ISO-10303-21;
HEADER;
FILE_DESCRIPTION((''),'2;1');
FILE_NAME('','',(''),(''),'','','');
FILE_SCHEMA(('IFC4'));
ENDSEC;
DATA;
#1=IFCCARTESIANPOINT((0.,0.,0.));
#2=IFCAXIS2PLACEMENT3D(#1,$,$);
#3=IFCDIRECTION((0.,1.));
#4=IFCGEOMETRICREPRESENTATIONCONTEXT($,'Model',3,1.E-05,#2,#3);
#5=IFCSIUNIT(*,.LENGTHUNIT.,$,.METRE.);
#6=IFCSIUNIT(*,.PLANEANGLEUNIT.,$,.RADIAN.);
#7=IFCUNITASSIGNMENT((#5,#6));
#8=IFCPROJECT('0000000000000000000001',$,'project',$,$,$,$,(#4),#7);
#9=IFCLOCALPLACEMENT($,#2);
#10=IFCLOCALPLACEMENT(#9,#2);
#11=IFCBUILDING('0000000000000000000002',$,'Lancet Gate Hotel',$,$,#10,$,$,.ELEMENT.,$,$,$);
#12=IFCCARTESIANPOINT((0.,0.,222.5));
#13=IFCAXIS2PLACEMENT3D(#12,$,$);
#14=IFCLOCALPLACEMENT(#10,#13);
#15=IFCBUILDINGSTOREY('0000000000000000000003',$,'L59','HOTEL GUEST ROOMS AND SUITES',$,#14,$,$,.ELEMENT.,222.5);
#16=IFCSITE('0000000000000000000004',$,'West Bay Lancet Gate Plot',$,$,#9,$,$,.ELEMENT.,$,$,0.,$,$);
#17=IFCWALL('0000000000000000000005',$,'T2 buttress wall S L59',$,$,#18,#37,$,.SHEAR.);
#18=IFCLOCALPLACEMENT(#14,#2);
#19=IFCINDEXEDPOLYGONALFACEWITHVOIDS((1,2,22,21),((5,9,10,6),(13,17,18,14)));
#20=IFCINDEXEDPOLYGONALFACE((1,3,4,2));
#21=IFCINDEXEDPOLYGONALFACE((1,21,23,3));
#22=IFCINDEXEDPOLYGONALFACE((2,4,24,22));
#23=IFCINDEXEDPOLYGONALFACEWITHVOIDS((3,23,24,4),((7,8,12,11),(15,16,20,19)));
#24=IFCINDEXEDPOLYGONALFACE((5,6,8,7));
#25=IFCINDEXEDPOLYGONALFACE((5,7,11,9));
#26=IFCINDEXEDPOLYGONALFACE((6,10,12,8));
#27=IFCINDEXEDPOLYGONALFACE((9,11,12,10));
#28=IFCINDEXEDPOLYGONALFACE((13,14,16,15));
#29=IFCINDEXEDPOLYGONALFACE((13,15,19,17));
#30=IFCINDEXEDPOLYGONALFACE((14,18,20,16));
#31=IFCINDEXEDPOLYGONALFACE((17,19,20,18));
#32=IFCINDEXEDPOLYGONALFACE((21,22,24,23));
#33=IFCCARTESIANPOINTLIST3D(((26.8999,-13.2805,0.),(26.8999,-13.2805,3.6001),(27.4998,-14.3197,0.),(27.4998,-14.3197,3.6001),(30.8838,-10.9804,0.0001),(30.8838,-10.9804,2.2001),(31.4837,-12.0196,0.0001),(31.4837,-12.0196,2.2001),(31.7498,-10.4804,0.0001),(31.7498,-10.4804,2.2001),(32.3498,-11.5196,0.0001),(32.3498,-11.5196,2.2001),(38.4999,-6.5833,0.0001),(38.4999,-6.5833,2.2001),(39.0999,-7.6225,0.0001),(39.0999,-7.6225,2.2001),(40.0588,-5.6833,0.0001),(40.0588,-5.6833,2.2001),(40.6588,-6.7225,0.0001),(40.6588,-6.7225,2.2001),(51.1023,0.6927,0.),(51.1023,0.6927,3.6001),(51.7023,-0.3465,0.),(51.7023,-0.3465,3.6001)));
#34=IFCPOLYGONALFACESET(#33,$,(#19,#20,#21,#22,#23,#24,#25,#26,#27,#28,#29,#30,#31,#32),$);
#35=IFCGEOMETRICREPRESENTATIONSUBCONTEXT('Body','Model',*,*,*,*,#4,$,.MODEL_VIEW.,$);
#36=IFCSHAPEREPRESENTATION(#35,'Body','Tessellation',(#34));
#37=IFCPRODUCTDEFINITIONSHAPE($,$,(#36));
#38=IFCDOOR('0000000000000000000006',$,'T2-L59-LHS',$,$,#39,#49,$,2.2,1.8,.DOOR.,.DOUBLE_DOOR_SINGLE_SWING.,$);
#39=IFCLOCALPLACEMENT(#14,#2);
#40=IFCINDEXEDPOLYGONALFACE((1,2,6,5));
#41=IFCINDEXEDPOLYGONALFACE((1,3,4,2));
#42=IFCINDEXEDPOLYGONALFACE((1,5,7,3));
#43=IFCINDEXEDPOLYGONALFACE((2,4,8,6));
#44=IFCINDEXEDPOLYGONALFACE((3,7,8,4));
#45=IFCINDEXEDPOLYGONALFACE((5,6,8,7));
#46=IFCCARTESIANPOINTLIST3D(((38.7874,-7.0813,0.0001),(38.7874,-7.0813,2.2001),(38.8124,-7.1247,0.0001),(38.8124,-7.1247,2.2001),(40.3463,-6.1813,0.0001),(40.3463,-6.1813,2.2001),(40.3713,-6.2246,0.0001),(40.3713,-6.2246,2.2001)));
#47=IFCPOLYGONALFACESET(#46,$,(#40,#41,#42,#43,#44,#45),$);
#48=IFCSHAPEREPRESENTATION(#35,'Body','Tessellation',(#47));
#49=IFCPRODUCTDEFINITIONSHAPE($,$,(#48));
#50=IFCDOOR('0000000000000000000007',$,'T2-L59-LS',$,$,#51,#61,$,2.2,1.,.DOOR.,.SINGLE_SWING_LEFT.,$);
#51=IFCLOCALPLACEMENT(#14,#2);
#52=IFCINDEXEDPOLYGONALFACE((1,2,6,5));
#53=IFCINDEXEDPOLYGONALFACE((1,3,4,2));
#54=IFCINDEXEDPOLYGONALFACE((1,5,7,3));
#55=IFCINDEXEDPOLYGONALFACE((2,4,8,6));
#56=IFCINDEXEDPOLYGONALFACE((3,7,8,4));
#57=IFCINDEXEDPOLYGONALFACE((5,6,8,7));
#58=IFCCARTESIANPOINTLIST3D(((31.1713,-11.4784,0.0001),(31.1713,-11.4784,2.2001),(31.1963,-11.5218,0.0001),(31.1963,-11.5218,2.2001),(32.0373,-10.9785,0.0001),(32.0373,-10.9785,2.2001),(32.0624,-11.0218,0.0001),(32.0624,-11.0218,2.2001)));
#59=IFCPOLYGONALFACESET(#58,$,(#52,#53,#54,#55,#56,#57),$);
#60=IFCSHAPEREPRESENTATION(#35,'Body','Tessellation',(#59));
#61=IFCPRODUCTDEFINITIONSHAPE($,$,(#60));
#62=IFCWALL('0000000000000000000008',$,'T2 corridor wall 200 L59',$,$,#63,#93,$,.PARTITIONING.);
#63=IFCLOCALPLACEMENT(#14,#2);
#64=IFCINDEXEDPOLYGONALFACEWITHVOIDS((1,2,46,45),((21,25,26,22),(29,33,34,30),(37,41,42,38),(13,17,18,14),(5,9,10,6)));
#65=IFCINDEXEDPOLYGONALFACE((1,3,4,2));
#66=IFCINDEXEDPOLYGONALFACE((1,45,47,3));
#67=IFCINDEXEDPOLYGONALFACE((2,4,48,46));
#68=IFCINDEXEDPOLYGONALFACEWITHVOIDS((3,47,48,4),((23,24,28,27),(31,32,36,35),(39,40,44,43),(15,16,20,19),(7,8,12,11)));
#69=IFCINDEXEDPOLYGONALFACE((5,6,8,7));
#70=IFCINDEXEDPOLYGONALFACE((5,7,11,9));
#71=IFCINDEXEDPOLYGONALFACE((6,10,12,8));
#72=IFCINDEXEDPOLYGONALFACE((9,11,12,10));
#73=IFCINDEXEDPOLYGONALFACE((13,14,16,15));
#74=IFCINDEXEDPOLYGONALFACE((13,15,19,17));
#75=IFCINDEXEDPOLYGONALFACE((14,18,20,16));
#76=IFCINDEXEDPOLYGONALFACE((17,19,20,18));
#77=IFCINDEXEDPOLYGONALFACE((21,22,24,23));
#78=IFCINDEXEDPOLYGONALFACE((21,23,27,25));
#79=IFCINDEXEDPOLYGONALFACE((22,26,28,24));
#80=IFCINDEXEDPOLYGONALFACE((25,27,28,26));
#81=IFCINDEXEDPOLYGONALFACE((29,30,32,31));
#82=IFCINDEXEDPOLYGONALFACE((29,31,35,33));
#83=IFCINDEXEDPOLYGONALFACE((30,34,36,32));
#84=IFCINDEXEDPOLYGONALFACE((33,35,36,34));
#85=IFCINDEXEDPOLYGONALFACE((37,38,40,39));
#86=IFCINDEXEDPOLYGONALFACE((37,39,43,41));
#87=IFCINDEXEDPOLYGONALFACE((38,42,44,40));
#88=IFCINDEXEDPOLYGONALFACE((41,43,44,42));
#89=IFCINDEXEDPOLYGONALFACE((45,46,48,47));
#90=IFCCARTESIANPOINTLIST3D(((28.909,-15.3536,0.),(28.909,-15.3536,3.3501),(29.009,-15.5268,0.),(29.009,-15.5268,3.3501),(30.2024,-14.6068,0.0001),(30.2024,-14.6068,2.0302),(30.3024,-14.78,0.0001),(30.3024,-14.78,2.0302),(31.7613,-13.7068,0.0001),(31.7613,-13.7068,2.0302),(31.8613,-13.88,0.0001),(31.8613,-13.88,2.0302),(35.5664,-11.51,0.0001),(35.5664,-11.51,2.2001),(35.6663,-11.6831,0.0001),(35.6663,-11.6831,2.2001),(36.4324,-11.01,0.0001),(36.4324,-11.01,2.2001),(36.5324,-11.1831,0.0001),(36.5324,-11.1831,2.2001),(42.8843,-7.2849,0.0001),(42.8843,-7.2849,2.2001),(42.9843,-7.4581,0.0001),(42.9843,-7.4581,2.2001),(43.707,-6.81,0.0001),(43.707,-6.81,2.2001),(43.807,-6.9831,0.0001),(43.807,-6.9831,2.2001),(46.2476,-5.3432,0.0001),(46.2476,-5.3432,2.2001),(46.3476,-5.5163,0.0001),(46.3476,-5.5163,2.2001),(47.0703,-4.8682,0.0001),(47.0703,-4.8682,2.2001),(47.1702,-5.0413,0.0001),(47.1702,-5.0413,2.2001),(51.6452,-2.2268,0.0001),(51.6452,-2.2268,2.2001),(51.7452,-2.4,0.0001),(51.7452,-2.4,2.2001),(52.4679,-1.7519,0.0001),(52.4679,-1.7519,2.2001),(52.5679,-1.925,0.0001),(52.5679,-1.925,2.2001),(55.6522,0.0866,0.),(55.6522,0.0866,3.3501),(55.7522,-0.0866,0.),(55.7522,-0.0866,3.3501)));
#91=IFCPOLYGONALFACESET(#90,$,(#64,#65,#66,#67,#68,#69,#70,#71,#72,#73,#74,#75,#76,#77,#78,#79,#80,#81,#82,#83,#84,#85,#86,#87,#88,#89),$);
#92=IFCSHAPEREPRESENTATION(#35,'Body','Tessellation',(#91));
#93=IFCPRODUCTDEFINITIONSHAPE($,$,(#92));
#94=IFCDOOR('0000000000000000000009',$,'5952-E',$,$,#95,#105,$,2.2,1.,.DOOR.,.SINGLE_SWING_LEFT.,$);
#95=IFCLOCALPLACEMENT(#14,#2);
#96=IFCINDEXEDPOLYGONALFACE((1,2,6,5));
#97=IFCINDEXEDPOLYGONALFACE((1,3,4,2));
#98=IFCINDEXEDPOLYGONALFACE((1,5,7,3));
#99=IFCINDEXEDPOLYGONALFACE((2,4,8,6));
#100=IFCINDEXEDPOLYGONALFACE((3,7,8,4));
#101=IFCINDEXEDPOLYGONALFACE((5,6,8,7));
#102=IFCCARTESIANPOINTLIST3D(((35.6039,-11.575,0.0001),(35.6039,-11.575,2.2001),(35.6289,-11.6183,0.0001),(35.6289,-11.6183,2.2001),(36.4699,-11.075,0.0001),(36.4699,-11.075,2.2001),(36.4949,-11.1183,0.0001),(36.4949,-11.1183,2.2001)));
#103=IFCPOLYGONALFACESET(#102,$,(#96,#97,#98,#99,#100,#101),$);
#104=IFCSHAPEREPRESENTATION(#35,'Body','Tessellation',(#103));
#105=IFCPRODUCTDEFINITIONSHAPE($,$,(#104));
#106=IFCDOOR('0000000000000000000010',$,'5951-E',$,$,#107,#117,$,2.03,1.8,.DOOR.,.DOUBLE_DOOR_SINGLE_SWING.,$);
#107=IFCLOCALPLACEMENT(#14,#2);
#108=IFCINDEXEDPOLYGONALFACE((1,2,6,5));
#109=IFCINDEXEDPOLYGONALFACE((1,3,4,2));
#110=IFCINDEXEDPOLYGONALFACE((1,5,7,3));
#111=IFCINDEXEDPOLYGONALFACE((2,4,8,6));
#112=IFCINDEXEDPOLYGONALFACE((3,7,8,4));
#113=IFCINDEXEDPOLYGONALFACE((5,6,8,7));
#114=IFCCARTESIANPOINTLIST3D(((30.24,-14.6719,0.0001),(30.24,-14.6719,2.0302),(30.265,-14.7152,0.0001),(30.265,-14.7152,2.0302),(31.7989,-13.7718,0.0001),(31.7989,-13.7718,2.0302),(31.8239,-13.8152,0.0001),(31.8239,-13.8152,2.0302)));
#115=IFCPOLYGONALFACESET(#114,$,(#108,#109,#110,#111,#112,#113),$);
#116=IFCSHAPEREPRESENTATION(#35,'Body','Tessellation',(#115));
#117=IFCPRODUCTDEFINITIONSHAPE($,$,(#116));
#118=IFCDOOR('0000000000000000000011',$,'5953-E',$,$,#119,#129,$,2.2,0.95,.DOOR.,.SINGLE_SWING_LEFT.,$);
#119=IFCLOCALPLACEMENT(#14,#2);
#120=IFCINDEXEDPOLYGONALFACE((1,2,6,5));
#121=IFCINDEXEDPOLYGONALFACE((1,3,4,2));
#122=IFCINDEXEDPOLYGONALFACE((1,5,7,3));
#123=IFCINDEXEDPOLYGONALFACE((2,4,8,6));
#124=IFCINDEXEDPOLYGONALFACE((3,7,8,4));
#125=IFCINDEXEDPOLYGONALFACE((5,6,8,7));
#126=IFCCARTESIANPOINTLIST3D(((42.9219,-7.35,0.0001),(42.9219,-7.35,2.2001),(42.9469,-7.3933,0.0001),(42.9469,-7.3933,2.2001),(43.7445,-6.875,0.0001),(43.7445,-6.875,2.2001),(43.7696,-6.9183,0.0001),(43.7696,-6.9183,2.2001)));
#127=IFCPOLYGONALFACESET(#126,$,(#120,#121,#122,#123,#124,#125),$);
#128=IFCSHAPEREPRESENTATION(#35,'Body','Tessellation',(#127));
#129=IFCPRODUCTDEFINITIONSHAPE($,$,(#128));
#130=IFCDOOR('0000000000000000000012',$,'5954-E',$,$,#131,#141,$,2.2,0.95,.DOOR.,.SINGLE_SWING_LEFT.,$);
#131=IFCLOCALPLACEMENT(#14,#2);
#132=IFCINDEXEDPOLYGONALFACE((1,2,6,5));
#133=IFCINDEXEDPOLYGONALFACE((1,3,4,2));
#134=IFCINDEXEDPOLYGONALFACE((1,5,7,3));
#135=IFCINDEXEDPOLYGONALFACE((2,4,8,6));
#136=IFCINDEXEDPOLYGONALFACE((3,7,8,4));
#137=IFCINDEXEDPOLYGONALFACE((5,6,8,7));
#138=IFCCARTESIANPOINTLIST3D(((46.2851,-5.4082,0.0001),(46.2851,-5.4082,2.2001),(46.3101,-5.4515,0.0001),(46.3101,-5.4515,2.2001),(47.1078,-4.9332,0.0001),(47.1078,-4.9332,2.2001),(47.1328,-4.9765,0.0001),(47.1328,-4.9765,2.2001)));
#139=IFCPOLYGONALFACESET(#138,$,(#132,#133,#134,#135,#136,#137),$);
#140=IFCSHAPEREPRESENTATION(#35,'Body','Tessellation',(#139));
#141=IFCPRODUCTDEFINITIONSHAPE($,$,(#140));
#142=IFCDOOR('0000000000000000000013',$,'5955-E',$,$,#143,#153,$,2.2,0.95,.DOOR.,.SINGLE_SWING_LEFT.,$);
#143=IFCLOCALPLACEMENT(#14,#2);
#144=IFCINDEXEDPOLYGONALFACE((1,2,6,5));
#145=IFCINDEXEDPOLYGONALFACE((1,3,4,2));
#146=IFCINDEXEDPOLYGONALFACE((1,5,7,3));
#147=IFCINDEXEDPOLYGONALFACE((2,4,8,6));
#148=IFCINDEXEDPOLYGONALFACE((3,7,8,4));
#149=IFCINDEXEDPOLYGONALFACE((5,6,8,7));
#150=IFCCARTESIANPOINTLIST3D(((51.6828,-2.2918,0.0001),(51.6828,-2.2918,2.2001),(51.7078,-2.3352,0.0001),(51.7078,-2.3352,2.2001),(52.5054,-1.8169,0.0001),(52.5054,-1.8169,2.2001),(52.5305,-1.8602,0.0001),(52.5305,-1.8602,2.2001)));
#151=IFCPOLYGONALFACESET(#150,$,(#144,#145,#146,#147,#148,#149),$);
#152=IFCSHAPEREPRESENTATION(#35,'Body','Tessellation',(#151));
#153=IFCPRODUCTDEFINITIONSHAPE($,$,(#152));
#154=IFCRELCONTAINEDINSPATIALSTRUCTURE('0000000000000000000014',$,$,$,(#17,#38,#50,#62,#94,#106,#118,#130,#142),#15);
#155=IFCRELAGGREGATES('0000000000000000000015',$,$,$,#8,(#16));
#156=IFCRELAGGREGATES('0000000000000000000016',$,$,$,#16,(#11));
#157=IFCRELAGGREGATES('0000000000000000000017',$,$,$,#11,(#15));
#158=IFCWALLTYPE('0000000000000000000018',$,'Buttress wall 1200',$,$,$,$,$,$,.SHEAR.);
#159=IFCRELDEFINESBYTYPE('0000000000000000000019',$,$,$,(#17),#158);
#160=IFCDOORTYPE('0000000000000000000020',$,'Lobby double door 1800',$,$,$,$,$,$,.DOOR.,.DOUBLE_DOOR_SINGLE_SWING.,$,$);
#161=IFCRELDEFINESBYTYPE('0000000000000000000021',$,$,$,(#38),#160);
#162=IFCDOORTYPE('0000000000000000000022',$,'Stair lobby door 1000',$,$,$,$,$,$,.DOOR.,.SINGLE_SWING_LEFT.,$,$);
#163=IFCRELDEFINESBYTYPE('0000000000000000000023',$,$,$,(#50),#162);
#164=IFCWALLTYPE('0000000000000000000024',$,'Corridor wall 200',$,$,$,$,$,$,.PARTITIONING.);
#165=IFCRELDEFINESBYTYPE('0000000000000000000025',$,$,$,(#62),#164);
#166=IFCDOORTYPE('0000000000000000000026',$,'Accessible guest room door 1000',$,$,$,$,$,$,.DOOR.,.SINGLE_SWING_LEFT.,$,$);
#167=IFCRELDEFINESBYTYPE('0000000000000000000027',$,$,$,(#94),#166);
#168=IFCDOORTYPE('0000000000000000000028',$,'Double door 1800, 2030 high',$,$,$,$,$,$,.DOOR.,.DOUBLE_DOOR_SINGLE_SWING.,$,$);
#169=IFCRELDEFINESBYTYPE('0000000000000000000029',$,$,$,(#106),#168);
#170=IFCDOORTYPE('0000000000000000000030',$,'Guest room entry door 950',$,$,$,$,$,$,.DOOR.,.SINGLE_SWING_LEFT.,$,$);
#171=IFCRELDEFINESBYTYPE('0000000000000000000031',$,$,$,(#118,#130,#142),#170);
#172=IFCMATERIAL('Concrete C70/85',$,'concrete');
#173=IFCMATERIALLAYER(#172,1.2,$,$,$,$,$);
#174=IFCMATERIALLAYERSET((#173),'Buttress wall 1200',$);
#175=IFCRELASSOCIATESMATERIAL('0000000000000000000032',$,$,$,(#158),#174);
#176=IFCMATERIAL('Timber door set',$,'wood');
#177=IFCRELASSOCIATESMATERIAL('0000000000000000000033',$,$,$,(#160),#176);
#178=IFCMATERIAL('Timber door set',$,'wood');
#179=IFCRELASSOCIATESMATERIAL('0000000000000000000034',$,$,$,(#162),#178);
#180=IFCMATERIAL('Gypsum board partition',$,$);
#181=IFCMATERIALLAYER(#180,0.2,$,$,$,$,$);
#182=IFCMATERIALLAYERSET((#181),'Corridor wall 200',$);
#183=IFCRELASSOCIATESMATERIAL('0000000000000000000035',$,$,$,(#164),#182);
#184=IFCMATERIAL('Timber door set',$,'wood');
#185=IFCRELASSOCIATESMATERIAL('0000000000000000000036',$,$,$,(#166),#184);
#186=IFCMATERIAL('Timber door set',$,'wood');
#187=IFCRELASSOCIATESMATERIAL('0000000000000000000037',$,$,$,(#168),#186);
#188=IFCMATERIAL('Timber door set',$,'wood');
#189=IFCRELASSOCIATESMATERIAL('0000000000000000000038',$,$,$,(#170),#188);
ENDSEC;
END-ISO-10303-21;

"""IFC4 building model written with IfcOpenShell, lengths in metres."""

from ifc_helpers import new_model, si_unit, direction, frame, frame_2d, origin, place, context, subcontext, project, spatial, rectangle, extrude, material, layer, layer_set, type_object, element, fill, save


model = new_model("IFC4")

# Units and contexts
model_context = context("Model", 3, precision=1e-05, world=origin(), true_north=direction((0.0, 1.0)))
body_context = subcontext(model_context, "Body", "Model", "MODEL_VIEW")
ifc_project = project(units=[si_unit("LENGTHUNIT", "METRE"), si_unit("PLANEANGLEUNIT", "RADIAN")], contexts=[model_context])

# Site, building, storey
site_placement = place(None, origin())
site = spatial("IfcSite", under=ifc_project, at=site_placement, Name="West Bay Lancet Gate Plot", CompositionType="ELEMENT", RefElevation=0.0)
building_placement = place(site_placement, origin())
building = spatial("IfcBuilding", under=site, at=building_placement, Name="Lancet Gate Hotel", CompositionType="ELEMENT")
storey_placement = place(building_placement, frame((0.0, 0.0, 222.5)))
storey = spatial("IfcBuildingStorey", under=building, at=storey_placement, Name="L59", Description="HOTEL GUEST ROOMS AND SUITES", CompositionType="ELEMENT", Elevation=222.5)

# Walls, openings, doors
ifc_material_1 = material(Name="Concrete C70/85", Category="concrete")
ifc_layer_1 = layer(ifc_material_1, 1.2)
ifc_layer_set_1 = layer_set([ifc_layer_1], Name="Buttress wall 1200")
wall_type_1 = type_object("IfcWallType", Name="Buttress wall 1200", PredefinedType="SHEAR", material=ifc_layer_set_1)
wall_1_placement = place(storey_placement, frame((27.2, -13.8, 0.0), z_axis=(0.0, 0.0, 1.0), x_axis=(0.866027, 0.499997, 0.0)))
wall_1 = element("IfcWall", 1, at=wall_1_placement, inside=storey, type_object=wall_type_1, Name="T2 buttress wall S L59", PredefinedType="SHEAR", context=body_context, shape_type="SweptSolid", body=[
    extrude(rectangle(XDim=27.9465, YDim=1.2, at=frame_2d((13.9731, 0.0))), origin(), (0.0, 0.0, 1.0), 3.6001),
])
opening_1_placement = place(wall_1_placement, frame((4.6001, 0.0, 0.0)))
opening_1 = element("IfcOpeningElement", 2, at=opening_1_placement, cuts=wall_1, PredefinedType="OPENING", context=body_context, shape_type="SweptSolid", body=[
    extrude(rectangle(XDim=1.0, YDim=2.2, at=frame_2d((0.5, 1.1001))), frame((0.0, 0.6099, 0.0), z_axis=(0.0, -1.0, 0.0), x_axis=(1.0, 0.0, 0.0)), (0.0, 0.0, 1.0), 1.22),
])
opening_2_placement = place(wall_1_placement, frame((13.3945, 0.0, 0.0)))
opening_2 = element("IfcOpeningElement", 3, at=opening_2_placement, cuts=wall_1, PredefinedType="OPENING", context=body_context, shape_type="SweptSolid", body=[
    extrude(rectangle(XDim=1.8, YDim=2.2, at=frame_2d((0.8999, 1.1001))), frame((0.0, 0.6099, 0.0), z_axis=(0.0, -1.0, 0.0), x_axis=(1.0, 0.0, 0.0)), (0.0, 0.0, 1.0), 1.22),
])
ifc_material_2 = material(Name="Timber door set", Category="wood")
door_type_1 = type_object("IfcDoorType", Name="Lobby double door 1800", OperationType="DOUBLE_DOOR_SINGLE_SWING", PredefinedType="DOOR", material=ifc_material_2)
door_1_placement = place(opening_2_placement, origin())
door_1 = element("IfcDoor", 4, at=door_1_placement, inside=storey, type_object=door_type_1, Name="T2-L59-LHS", OperationType="DOUBLE_DOOR_SINGLE_SWING", OverallHeight=2.2, OverallWidth=1.8, PredefinedType="DOOR", context=body_context, shape_type="SweptSolid", body=[
    extrude(rectangle(XDim=1.8, YDim=2.2, at=frame_2d((0.8999, 1.1001))), frame((0.0, 0.0249, 0.0), z_axis=(0.0, -1.0, 0.0), x_axis=(1.0, 0.0, 0.0)), (0.0, 0.0, 1.0), 0.05),
])
fill(opening_2, door_1)
ifc_material_3 = material(Name="Timber door set", Category="wood")
door_type_2 = type_object("IfcDoorType", Name="Stair lobby door 1000", OperationType="SINGLE_SWING_LEFT", PredefinedType="DOOR", material=ifc_material_3)
door_2_placement = place(opening_1_placement, origin())
door_2 = element("IfcDoor", 5, at=door_2_placement, inside=storey, type_object=door_type_2, Name="T2-L59-LS", OperationType="SINGLE_SWING_LEFT", OverallHeight=2.2, OverallWidth=1.0, PredefinedType="DOOR", context=body_context, shape_type="SweptSolid", body=[
    extrude(rectangle(XDim=1.0, YDim=2.2, at=frame_2d((0.5, 1.1001))), frame((0.0, 0.0249, 0.0), z_axis=(0.0, -1.0, 0.0), x_axis=(1.0, 0.0, 0.0)), (0.0, 0.0, 1.0), 0.05),
])
fill(opening_1, door_2)
ifc_material_4 = material(Name="Gypsum board partition")
ifc_layer_2 = layer(ifc_material_4, 0.2)
ifc_layer_set_2 = layer_set([ifc_layer_2], Name="Corridor wall 200")
wall_type_2 = type_object("IfcWallType", Name="Corridor wall 200", PredefinedType="PARTITIONING", material=ifc_layer_set_2)
wall_2_placement = place(storey_placement, frame((28.959, -15.4402, 0.0), z_axis=(0.0, 0.0, 1.0), x_axis=(0.866025, 0.5, 0.0)))
wall_2 = element("IfcWall", 6, at=wall_2_placement, inside=storey, type_object=wall_type_2, Name="T2 corridor wall 200 L59", PredefinedType="PARTITIONING", context=body_context, shape_type="SweptSolid", body=[
    extrude(rectangle(XDim=30.8804, YDim=0.2, at=frame_2d((15.4402, 0.0))), origin(), (0.0, 0.0, 1.0), 3.3501),
])
opening_3_placement = place(wall_2_placement, frame((1.4937, 0.0, 0.0)))
opening_3 = element("IfcOpeningElement", 7, at=opening_3_placement, cuts=wall_2, PredefinedType="OPENING", context=body_context, shape_type="SweptSolid", body=[
    extrude(rectangle(XDim=1.8, YDim=2.03, at=frame_2d((0.8999, 1.0151))), frame((0.0, 0.1099, 0.0), z_axis=(0.0, -1.0, 0.0), x_axis=(1.0, 0.0, 0.0)), (0.0, 0.0, 1.0), 0.22),
])
opening_4_placement = place(wall_2_placement, frame((7.6873, 0.0, 0.0)))
opening_4 = element("IfcOpeningElement", 8, at=opening_4_placement, cuts=wall_2, PredefinedType="OPENING", context=body_context, shape_type="SweptSolid", body=[
    extrude(rectangle(XDim=1.0, YDim=2.2, at=frame_2d((0.5, 1.1001))), frame((0.0, 0.1099, 0.0), z_axis=(0.0, -1.0, 0.0), x_axis=(1.0, 0.0, 0.0)), (0.0, 0.0, 1.0), 0.22),
])
opening_5_placement = place(wall_2_placement, frame((16.1372, 0.0, 0.0)))
opening_5 = element("IfcOpeningElement", 9, at=opening_5_placement, cuts=wall_2, PredefinedType="OPENING", context=body_context, shape_type="SweptSolid", body=[
    extrude(rectangle(XDim=0.95, YDim=2.2, at=frame_2d((0.4751, 1.1001))), frame((0.0, 0.1099, 0.0), z_axis=(0.0, -1.0, 0.0), x_axis=(1.0, 0.0, 0.0)), (0.0, 0.0, 1.0), 0.22),
])
opening_6_placement = place(wall_2_placement, frame((20.0208, 0.0, 0.0)))
opening_6 = element("IfcOpeningElement", 10, at=opening_6_placement, cuts=wall_2, PredefinedType="OPENING", context=body_context, shape_type="SweptSolid", body=[
    extrude(rectangle(XDim=0.95, YDim=2.2, at=frame_2d((0.4751, 1.1001))), frame((0.0, 0.1099, 0.0), z_axis=(0.0, -1.0, 0.0), x_axis=(1.0, 0.0, 0.0)), (0.0, 0.0, 1.0), 0.22),
])
opening_7_placement = place(wall_2_placement, frame((26.2534, 0.0, 0.0)))
opening_7 = element("IfcOpeningElement", 11, at=opening_7_placement, cuts=wall_2, PredefinedType="OPENING", context=body_context, shape_type="SweptSolid", body=[
    extrude(rectangle(XDim=0.95, YDim=2.2, at=frame_2d((0.4751, 1.1001))), frame((0.0, 0.1099, 0.0), z_axis=(0.0, -1.0, 0.0), x_axis=(1.0, 0.0, 0.0)), (0.0, 0.0, 1.0), 0.22),
])
ifc_material_5 = material(Name="Timber door set", Category="wood")
door_type_3 = type_object("IfcDoorType", Name="Accessible guest room door 1000", OperationType="SINGLE_SWING_LEFT", PredefinedType="DOOR", material=ifc_material_5)
door_3_placement = place(opening_4_placement, origin())
door_3 = element("IfcDoor", 12, at=door_3_placement, inside=storey, type_object=door_type_3, Name="5952-E", OperationType="SINGLE_SWING_LEFT", OverallHeight=2.2, OverallWidth=1.0, PredefinedType="DOOR", context=body_context, shape_type="SweptSolid", body=[
    extrude(rectangle(XDim=1.0, YDim=2.2, at=frame_2d((0.5, 1.1001))), frame((0.0, 0.0249, 0.0), z_axis=(0.0, -1.0, 0.0), x_axis=(1.0, 0.0, 0.0)), (0.0, 0.0, 1.0), 0.05),
])
fill(opening_4, door_3)
ifc_material_6 = material(Name="Timber door set", Category="wood")
door_type_4 = type_object("IfcDoorType", Name="Double door 1800, 2030 high", OperationType="DOUBLE_DOOR_SINGLE_SWING", PredefinedType="DOOR", material=ifc_material_6)
door_4_placement = place(opening_3_placement, origin())
door_4 = element("IfcDoor", 13, at=door_4_placement, inside=storey, type_object=door_type_4, Name="5951-E", OperationType="DOUBLE_DOOR_SINGLE_SWING", OverallHeight=2.03, OverallWidth=1.8, PredefinedType="DOOR", context=body_context, shape_type="SweptSolid", body=[
    extrude(rectangle(XDim=1.8, YDim=2.03, at=frame_2d((0.8999, 1.0151))), frame((0.0, 0.0249, 0.0), z_axis=(0.0, -1.0, 0.0), x_axis=(1.0, 0.0, 0.0)), (0.0, 0.0, 1.0), 0.05),
])
fill(opening_3, door_4)
ifc_material_7 = material(Name="Timber door set", Category="wood")
door_type_5 = type_object("IfcDoorType", Name="Guest room entry door 950", OperationType="SINGLE_SWING_LEFT", PredefinedType="DOOR", material=ifc_material_7)
door_5_placement = place(opening_5_placement, origin())
door_5 = element("IfcDoor", 14, at=door_5_placement, inside=storey, type_object=door_type_5, Name="5953-E", OperationType="SINGLE_SWING_LEFT", OverallHeight=2.2, OverallWidth=0.95, PredefinedType="DOOR", context=body_context, shape_type="SweptSolid", body=[
    extrude(rectangle(XDim=0.95, YDim=2.2, at=frame_2d((0.4751, 1.1001))), frame((0.0, 0.0249, 0.0), z_axis=(0.0, -1.0, 0.0), x_axis=(1.0, 0.0, 0.0)), (0.0, 0.0, 1.0), 0.05),
])
fill(opening_5, door_5)
door_6_placement = place(opening_6_placement, origin())
door_6 = element("IfcDoor", 15, at=door_6_placement, inside=storey, type_object=door_type_5, Name="5954-E", OperationType="SINGLE_SWING_LEFT", OverallHeight=2.2, OverallWidth=0.95, PredefinedType="DOOR", context=body_context, shape_type="SweptSolid", body=[
    extrude(rectangle(XDim=0.95, YDim=2.2, at=frame_2d((0.4751, 1.1001))), frame((0.0, 0.0249, 0.0), z_axis=(0.0, -1.0, 0.0), x_axis=(1.0, 0.0, 0.0)), (0.0, 0.0, 1.0), 0.05),
])
fill(opening_6, door_6)
door_7_placement = place(opening_7_placement, origin())
door_7 = element("IfcDoor", 16, at=door_7_placement, inside=storey, type_object=door_type_5, Name="5955-E", OperationType="SINGLE_SWING_LEFT", OverallHeight=2.2, OverallWidth=0.95, PredefinedType="DOOR", context=body_context, shape_type="SweptSolid", body=[
    extrude(rectangle(XDim=0.95, YDim=2.2, at=frame_2d((0.4751, 1.1001))), frame((0.0, 0.0249, 0.0), z_axis=(0.0, -1.0, 0.0), x_axis=(1.0, 0.0, 0.0)), (0.0, 0.0, 1.0), 0.05),
])
fill(opening_7, door_7)

save(model, "model.ifc")
